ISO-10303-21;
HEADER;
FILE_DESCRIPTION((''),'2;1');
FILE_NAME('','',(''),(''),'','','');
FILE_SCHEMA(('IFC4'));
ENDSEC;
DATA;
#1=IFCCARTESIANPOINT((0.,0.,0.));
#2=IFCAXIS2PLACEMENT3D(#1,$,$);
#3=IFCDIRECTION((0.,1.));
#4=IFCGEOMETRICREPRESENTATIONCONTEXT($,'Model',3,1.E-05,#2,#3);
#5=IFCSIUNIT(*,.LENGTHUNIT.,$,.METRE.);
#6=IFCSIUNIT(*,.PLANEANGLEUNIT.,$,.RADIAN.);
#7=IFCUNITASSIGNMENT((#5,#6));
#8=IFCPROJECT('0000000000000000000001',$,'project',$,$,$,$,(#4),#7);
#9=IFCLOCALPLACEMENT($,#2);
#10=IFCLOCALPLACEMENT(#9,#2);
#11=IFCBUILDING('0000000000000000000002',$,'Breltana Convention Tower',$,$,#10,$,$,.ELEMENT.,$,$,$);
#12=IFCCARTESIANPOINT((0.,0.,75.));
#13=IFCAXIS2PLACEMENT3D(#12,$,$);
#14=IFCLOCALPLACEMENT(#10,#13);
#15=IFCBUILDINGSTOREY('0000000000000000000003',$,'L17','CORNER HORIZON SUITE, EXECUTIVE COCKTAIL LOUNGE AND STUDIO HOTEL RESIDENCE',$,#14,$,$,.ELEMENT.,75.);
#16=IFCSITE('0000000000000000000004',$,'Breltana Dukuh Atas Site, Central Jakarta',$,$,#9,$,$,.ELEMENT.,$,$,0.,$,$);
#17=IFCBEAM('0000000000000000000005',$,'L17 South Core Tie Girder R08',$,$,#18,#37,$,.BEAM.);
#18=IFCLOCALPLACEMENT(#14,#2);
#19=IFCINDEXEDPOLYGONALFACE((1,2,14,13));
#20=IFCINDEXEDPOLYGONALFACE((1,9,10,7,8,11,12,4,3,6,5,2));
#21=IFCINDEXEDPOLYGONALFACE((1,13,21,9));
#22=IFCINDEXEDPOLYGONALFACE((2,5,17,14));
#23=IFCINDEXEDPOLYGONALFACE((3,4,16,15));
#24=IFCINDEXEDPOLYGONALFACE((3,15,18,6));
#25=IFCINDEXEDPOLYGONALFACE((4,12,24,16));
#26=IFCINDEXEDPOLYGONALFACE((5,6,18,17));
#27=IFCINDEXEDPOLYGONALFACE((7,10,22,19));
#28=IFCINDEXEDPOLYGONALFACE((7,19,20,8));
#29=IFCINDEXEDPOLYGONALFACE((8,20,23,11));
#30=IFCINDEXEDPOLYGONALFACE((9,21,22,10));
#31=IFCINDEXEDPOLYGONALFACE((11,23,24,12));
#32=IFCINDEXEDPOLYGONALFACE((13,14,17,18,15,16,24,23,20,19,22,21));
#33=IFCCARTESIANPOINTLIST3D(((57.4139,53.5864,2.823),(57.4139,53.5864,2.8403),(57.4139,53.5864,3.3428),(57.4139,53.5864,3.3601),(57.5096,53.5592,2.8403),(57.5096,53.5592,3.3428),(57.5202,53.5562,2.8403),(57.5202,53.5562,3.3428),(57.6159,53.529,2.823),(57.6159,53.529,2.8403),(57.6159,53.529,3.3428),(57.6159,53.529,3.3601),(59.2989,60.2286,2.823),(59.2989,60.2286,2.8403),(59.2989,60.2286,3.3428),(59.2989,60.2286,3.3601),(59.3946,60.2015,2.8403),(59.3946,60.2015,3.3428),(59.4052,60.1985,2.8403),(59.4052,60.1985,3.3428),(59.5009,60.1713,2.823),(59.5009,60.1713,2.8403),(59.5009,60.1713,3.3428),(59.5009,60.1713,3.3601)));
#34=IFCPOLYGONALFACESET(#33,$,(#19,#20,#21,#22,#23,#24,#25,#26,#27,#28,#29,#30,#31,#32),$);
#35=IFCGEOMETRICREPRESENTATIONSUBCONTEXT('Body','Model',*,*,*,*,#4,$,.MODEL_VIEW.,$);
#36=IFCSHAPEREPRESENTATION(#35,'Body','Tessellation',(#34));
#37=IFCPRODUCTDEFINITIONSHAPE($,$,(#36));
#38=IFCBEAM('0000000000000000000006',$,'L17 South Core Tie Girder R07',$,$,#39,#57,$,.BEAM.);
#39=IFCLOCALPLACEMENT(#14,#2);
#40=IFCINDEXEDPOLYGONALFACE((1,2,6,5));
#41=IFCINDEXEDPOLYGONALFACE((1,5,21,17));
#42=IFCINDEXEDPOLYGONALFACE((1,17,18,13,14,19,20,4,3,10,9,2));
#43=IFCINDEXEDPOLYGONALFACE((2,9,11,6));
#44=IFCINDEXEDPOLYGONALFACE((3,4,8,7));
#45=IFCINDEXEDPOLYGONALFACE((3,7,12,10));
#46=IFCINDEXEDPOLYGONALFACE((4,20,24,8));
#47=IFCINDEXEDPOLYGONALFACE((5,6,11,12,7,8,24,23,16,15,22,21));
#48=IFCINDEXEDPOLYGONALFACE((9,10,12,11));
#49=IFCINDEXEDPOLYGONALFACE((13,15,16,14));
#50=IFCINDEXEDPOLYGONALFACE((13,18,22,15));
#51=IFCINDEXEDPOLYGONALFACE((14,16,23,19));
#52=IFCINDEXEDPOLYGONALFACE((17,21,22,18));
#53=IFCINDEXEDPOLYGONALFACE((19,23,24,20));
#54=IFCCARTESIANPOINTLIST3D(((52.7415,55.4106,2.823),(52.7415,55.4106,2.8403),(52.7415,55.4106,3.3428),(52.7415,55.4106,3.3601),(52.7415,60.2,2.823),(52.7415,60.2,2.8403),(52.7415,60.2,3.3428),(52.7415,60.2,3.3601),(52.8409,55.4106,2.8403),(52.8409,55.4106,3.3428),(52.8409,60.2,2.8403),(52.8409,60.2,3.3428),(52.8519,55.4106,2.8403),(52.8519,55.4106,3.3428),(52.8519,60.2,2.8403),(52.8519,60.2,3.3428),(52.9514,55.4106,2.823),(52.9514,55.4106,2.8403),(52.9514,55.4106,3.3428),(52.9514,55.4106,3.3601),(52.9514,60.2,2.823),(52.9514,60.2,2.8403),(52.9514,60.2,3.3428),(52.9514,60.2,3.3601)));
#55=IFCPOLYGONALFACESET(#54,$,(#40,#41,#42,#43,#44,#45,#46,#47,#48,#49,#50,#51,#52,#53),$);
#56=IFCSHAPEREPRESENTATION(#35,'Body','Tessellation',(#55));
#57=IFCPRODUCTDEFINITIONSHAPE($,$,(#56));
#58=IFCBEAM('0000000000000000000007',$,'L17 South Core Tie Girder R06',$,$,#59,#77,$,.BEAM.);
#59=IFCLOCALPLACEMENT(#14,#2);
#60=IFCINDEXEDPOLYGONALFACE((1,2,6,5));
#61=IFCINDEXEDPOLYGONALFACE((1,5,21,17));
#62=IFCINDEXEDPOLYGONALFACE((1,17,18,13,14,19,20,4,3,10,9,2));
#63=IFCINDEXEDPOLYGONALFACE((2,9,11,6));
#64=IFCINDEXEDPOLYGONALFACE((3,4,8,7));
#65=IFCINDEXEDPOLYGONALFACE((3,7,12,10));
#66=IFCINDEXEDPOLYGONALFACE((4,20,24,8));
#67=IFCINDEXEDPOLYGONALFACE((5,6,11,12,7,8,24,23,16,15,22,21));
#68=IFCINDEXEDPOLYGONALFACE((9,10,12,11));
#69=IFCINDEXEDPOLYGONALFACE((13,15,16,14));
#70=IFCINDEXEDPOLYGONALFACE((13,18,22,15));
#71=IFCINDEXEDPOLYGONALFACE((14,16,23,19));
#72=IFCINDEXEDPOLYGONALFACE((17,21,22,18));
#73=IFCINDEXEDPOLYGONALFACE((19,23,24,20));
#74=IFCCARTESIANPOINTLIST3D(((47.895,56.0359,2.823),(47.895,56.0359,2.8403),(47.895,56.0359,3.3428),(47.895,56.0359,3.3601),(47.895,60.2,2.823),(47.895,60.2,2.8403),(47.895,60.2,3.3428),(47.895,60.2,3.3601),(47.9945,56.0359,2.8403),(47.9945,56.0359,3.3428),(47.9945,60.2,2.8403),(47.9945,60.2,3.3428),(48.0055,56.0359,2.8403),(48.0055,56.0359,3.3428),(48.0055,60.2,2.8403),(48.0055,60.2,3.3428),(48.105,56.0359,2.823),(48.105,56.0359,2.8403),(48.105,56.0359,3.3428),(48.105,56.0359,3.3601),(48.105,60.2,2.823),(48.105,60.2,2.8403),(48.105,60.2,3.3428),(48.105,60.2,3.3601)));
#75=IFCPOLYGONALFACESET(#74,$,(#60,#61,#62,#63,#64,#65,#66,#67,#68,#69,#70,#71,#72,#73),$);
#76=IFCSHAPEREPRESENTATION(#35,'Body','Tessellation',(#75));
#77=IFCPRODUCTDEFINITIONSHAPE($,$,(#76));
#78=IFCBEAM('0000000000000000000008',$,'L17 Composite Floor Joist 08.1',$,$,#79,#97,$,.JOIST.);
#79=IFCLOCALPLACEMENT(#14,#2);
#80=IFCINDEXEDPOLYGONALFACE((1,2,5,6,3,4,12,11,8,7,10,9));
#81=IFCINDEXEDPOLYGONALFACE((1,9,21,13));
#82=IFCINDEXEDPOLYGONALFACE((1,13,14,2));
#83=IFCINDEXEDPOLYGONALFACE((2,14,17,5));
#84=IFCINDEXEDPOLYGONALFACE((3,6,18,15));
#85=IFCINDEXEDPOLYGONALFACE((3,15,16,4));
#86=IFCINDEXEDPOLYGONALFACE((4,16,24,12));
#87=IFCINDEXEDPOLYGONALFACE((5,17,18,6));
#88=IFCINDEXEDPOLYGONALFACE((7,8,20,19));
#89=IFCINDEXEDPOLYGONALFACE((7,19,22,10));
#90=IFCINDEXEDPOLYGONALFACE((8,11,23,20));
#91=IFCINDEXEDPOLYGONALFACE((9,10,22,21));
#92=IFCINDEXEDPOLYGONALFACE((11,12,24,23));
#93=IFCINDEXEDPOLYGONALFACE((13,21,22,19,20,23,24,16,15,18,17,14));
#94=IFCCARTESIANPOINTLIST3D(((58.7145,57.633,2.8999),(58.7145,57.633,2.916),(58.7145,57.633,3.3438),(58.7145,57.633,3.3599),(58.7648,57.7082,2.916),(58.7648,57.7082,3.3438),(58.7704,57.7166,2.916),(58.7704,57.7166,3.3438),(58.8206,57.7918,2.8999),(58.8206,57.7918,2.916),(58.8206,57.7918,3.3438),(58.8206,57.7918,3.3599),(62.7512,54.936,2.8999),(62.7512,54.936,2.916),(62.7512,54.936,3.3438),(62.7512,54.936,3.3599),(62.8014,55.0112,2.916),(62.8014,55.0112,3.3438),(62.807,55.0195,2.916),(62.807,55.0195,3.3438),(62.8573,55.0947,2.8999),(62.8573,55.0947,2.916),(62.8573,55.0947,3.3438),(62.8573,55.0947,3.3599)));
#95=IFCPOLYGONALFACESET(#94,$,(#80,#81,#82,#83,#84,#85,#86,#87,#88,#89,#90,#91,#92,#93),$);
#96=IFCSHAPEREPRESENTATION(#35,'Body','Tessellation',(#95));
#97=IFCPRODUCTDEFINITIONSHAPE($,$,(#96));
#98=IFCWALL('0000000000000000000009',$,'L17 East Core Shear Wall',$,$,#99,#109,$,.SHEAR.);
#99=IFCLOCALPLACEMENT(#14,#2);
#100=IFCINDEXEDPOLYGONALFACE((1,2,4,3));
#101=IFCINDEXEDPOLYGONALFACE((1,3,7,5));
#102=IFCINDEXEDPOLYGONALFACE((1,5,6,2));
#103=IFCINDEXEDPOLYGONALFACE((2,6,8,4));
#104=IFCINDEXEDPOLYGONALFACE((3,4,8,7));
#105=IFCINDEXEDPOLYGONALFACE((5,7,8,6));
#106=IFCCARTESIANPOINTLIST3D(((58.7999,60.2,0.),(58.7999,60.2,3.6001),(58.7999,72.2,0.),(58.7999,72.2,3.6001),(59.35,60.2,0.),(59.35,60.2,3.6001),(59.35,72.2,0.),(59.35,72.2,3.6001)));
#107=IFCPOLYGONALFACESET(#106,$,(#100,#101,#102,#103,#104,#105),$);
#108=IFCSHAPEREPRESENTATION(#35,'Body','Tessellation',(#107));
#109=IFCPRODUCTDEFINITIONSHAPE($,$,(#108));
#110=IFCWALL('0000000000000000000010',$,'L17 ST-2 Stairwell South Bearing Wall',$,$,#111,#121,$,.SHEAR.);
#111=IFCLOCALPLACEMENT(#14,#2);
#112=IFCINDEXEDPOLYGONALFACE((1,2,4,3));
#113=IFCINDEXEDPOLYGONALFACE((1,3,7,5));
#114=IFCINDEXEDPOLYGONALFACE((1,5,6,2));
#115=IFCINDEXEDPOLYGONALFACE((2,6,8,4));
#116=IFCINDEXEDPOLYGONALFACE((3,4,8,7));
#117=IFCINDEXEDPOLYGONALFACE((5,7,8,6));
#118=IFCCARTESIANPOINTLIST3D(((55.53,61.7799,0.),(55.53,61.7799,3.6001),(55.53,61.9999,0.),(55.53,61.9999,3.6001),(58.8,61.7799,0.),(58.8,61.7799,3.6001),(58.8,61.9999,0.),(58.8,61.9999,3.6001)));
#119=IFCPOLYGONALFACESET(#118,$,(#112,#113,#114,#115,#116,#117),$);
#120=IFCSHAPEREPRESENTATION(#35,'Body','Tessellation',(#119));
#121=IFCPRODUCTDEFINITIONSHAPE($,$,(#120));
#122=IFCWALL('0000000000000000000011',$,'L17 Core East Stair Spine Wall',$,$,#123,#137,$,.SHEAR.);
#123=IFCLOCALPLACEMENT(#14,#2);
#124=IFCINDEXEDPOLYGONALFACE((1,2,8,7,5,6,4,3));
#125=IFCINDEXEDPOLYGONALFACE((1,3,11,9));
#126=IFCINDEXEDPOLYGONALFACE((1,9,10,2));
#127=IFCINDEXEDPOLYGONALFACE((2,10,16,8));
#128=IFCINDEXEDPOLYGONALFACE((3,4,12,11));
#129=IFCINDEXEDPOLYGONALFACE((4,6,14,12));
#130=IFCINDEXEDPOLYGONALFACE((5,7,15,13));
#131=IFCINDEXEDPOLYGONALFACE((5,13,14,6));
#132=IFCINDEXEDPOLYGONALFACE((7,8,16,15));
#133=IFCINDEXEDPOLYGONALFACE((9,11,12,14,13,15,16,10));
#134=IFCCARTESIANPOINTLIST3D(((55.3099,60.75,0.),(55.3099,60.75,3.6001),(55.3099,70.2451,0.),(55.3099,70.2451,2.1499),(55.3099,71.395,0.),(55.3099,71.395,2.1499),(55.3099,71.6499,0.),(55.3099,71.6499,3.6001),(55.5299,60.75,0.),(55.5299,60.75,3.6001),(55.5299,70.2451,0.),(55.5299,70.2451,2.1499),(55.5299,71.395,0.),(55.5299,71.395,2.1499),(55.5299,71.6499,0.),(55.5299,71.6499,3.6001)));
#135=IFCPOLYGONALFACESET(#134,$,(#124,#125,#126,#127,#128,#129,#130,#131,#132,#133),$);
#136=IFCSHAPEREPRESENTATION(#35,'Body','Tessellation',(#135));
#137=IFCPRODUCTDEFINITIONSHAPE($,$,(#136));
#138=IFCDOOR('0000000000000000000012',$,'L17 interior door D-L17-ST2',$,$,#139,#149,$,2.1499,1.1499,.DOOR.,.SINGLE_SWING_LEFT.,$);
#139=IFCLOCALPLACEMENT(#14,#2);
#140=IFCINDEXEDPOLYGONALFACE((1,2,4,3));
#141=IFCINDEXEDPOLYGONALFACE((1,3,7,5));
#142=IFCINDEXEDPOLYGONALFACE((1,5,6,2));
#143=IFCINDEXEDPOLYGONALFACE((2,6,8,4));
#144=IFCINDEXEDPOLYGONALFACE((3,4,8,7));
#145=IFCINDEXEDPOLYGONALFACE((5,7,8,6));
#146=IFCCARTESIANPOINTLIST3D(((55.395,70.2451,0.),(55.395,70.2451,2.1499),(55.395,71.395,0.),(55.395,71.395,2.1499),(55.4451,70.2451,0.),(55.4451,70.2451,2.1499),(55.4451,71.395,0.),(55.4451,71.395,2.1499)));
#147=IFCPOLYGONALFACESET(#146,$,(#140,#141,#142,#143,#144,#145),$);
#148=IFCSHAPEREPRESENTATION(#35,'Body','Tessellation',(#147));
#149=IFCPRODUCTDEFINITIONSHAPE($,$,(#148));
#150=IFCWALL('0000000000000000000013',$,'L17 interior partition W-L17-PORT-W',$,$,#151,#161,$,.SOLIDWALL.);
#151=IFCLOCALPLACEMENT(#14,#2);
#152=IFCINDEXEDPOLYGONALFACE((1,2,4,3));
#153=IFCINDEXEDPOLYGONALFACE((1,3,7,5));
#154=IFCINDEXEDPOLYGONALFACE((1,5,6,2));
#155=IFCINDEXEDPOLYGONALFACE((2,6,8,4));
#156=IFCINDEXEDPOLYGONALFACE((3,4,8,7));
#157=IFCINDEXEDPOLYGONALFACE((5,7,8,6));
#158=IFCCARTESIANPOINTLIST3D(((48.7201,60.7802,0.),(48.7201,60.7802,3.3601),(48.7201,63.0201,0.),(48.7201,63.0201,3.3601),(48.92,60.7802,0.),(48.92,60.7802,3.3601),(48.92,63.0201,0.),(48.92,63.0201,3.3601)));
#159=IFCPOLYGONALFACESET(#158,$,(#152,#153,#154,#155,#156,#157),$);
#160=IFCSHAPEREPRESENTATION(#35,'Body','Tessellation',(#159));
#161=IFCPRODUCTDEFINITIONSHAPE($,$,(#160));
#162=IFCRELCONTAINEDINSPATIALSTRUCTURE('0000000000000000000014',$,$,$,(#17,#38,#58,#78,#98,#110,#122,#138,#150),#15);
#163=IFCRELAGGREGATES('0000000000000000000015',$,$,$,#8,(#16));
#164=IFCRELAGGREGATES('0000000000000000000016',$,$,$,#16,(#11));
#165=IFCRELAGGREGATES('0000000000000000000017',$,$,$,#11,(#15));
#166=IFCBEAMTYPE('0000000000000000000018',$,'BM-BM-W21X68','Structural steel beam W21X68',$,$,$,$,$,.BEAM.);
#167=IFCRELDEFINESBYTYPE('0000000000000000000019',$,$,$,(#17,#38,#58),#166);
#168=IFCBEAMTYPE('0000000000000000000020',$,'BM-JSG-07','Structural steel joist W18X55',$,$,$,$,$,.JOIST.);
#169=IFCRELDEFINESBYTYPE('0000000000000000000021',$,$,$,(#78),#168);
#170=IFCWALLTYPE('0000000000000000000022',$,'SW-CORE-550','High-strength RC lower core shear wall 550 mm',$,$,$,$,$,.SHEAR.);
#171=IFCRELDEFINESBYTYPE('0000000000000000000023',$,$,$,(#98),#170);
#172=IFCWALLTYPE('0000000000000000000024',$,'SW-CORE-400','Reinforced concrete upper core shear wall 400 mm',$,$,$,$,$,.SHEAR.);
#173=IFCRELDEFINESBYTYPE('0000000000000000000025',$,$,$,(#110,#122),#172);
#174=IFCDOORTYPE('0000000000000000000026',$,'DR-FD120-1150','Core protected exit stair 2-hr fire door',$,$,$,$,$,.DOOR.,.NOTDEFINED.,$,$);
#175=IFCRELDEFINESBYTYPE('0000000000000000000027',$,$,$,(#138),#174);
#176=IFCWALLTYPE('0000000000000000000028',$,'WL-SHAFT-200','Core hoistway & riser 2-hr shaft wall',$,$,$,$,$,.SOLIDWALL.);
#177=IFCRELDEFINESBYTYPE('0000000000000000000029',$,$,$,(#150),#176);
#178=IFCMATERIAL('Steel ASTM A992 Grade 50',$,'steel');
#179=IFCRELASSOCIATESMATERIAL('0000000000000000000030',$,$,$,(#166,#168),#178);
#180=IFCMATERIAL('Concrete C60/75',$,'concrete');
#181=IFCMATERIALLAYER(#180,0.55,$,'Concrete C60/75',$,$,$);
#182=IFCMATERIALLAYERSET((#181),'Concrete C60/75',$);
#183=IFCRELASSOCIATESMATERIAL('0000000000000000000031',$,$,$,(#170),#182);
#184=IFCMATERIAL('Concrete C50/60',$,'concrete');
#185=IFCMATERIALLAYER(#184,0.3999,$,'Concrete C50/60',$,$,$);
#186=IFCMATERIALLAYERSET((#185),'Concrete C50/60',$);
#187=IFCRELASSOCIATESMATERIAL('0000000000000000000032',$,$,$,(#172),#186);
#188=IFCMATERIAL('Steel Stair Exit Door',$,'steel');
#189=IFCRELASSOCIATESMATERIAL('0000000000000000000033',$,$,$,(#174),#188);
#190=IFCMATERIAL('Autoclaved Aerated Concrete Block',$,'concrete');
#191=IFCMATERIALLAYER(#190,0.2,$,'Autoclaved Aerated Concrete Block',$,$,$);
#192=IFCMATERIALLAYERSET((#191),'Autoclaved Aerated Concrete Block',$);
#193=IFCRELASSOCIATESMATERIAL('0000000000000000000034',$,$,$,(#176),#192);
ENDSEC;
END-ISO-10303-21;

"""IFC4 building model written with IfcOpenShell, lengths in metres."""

from ifc_helpers import new_model, si_unit, direction, frame, frame_2d, origin, origin_2d, place, context, subcontext, project, spatial, rectangle, i_section, extrude, source, transform, mapped, material, layer, layer_set, material_profile, profile_set, type_object, type_shapes, element, fill, save


model = new_model("IFC4")

# Units and contexts
model_context = context("Model", 3, precision=1e-05, world=origin(), true_north=direction((0.0, 1.0)))
body_context = subcontext(model_context, "Body", "Model", "MODEL_VIEW")
ifc_project = project(units=[si_unit("LENGTHUNIT", "METRE"), si_unit("PLANEANGLEUNIT", "RADIAN")], contexts=[model_context])

# Site, building, storey
site_placement = place(None, origin())
site = spatial("IfcSite", under=ifc_project, at=site_placement, Name="Breltana Dukuh Atas Site, Central Jakarta", CompositionType="ELEMENT", RefElevation=0.0)
building_placement = place(site_placement, origin())
building = spatial("IfcBuilding", under=site, at=building_placement, Name="Breltana Convention Tower", CompositionType="ELEMENT")
storey_placement = place(building_placement, frame((0.0, 0.0, 75.0)))
storey = spatial("IfcBuildingStorey", under=building, at=storey_placement, Name="L17", Description="CORNER HORIZON SUITE, EXECUTIVE COCKTAIL LOUNGE AND STUDIO HOTEL RESIDENCE", CompositionType="ELEMENT", Elevation=75.0)

# Beams
ifc_material_1 = material(Name="Steel ASTM A992 Grade 50", Category="steel")
ifc_material_profile_1 = material_profile(ifc_material_1, i_section(OverallWidth=0.21, OverallDepth=0.5371, WebThickness=0.011, FlangeThickness=0.0173, at=origin_2d()), Name="W21X68")
ifc_profile_set_1 = profile_set([ifc_material_profile_1], Name="Steel ASTM A992 Grade 50")
beam_type_1 = type_object("IfcBeamType", Name="BM-BM-W21X68", Description="Structural steel beam W21X68", PredefinedType="BEAM", material=ifc_profile_set_1)
shared_shape_1 = source(origin(), body_context, "Body", "SweptSolid", [
    extrude(i_section(OverallWidth=0.21, OverallDepth=0.5371, WebThickness=0.011, FlangeThickness=0.0173, at=origin_2d()), origin(), (0.0, 0.0, 1.0), 6.9045),
])
type_shapes(beam_type_1, [shared_shape_1])
beam_1_placement = place(storey_placement, frame((59.3999, 60.2, 3.0916), z_axis=(-0.273007, -0.962012, 0.0), x_axis=(0.962012, -0.273007, 0.0)))
element("IfcBeam", 1, at=beam_1_placement, inside=storey, type_object=beam_type_1, Name="L17 South Core Tie Girder R08", PredefinedType="BEAM", context=body_context, shape_type="MappedRepresentation", body=[
    mapped(shared_shape_1, transform((0.0, 0.0, 0.0), scale=1.0)),
])
shared_shape_2 = source(origin(), body_context, "Body", "SweptSolid", [
    extrude(i_section(OverallWidth=0.21, OverallDepth=0.5371, WebThickness=0.011, FlangeThickness=0.0173, at=origin_2d()), origin(), (0.0, 0.0, 1.0), 4.7893),
])
beam_2_placement = place(storey_placement, frame((52.8464, 60.2, 3.0916), z_axis=(0.0, -1.0, 0.0), x_axis=(1.0, 0.0, 0.0)))
element("IfcBeam", 2, at=beam_2_placement, inside=storey, type_object=beam_type_1, Name="L17 South Core Tie Girder R07", PredefinedType="BEAM", context=body_context, shape_type="MappedRepresentation", body=[
    mapped(shared_shape_2, transform((0.0, 0.0, 0.0), scale=1.0)),
])
shared_shape_3 = source(origin(), body_context, "Body", "SweptSolid", [
    extrude(i_section(OverallWidth=0.21, OverallDepth=0.5371, WebThickness=0.011, FlangeThickness=0.0173, at=origin_2d()), origin(), (0.0, 0.0, 1.0), 4.1641),
])
beam_3_placement = place(storey_placement, frame((48.0, 60.2, 3.0916), z_axis=(0.0, -1.0, 0.0), x_axis=(1.0, 0.0, 0.0)))
element("IfcBeam", 3, at=beam_3_placement, inside=storey, type_object=beam_type_1, Name="L17 South Core Tie Girder R06", PredefinedType="BEAM", context=body_context, shape_type="MappedRepresentation", body=[
    mapped(shared_shape_3, transform((0.0, 0.0, 0.0), scale=1.0)),
])
ifc_material_profile_2 = material_profile(ifc_material_1, i_section(OverallWidth=0.1909, OverallDepth=0.46, WebThickness=0.01, FlangeThickness=0.0161, at=origin_2d()), Name="W18X55")
ifc_profile_set_2 = profile_set([ifc_material_profile_2], Name="Steel ASTM A992 Grade 50")
beam_type_2 = type_object("IfcBeamType", Name="BM-JSG-07", Description="Structural steel joist W18X55", PredefinedType="JOIST", material=ifc_profile_set_2)
shared_shape_4 = source(origin(), body_context, "Body", "SweptSolid", [
    extrude(i_section(OverallWidth=0.1909, OverallDepth=0.46, WebThickness=0.01, FlangeThickness=0.0161, at=origin_2d()), origin(), (0.0, 0.0, 1.0), 4.8547),
])
beam_4_placement = place(storey_placement, frame((58.7676, 57.7124, 3.1299), z_axis=(0.831485, -0.555547, 0.0), x_axis=(0.555547, 0.831485, 0.0)))
element("IfcBeam", 4, at=beam_4_placement, inside=storey, type_object=beam_type_2, Name="L17 Composite Floor Joist 08.1", PredefinedType="JOIST", context=body_context, shape_type="MappedRepresentation", body=[
    mapped(shared_shape_4, transform((0.0, 0.0, 0.0), scale=1.0)),
])

# Walls
ifc_material_2 = material(Name="Concrete C60/75", Category="concrete")
ifc_layer_1 = layer(ifc_material_2, 0.55, Name="Concrete C60/75")
ifc_layer_set_1 = layer_set([ifc_layer_1], Name="Concrete C60/75")
wall_type_1 = type_object("IfcWallType", Name="SW-CORE-550", Description="High-strength RC lower core shear wall 550 mm", PredefinedType="SHEAR", material=ifc_layer_set_1)
shared_shape_5 = source(origin(), body_context, "Body", "SweptSolid", [
    extrude(rectangle(XDim=12.0, YDim=0.55, at=frame_2d((6.0, 0.0))), origin(), (0.0, 0.0, 1.0), 3.6001),
])
wall_1_placement = place(storey_placement, frame((59.075, 60.2, 0.0), z_axis=(0.0, 0.0, 1.0), x_axis=(0.0, 1.0, 0.0)))
element("IfcWall", 5, at=wall_1_placement, inside=storey, type_object=wall_type_1, Name="L17 East Core Shear Wall", PredefinedType="SHEAR", context=body_context, shape_type="MappedRepresentation", body=[
    mapped(shared_shape_5, transform((0.0, 0.0, 0.0), scale=1.0)),
])
ifc_material_3 = material(Name="Concrete C50/60", Category="concrete")
ifc_layer_2 = layer(ifc_material_3, 0.3999, Name="Concrete C50/60")
ifc_layer_set_2 = layer_set([ifc_layer_2], Name="Concrete C50/60")
wall_type_2 = type_object("IfcWallType", Name="SW-CORE-400", Description="Reinforced concrete upper core shear wall 400 mm", PredefinedType="SHEAR", material=ifc_layer_set_2)
shared_shape_6 = source(origin(), body_context, "Body", "SweptSolid", [
    extrude(rectangle(XDim=3.27, YDim=0.22, at=frame_2d((1.635, 0.0))), origin(), (0.0, 0.0, 1.0), 3.6001),
])
wall_2_placement = place(storey_placement, frame((55.53, 61.8899, 0.0), z_axis=(0.0, 0.0, 1.0), x_axis=(1.0, 0.0, 0.0)))
element("IfcWall", 6, at=wall_2_placement, inside=storey, type_object=wall_type_2, Name="L17 ST-2 Stairwell South Bearing Wall", PredefinedType="SHEAR", context=body_context, shape_type="MappedRepresentation", body=[
    mapped(shared_shape_6, transform((0.0, 0.0, 0.0), scale=1.0)),
])

# Wall, opening, door
shared_shape_7 = source(origin(), body_context, "Body", "SweptSolid", [
    extrude(rectangle(XDim=10.8999, YDim=0.22, at=frame_2d((5.45, 0.0))), origin(), (0.0, 0.0, 1.0), 3.6001),
])
wall_3_placement = place(storey_placement, frame((55.4199, 60.75, 0.0), z_axis=(0.0, 0.0, 1.0), x_axis=(0.0, 1.0, 0.0)))
wall_3 = element("IfcWall", 7, at=wall_3_placement, inside=storey, type_object=wall_type_2, Name="L17 Core East Stair Spine Wall", PredefinedType="SHEAR", context=body_context, shape_type="MappedRepresentation", body=[
    mapped(shared_shape_7, transform((0.0, 0.0, 0.0), scale=1.0)),
])
opening_1_placement = place(wall_3_placement, frame((9.4951, 0.0, 0.0)))
opening_1 = element("IfcOpeningElement", 8, at=opening_1_placement, cuts=wall_3, PredefinedType="OPENING", context=body_context, shape_type="SweptSolid", body=[
    extrude(rectangle(XDim=1.1499, YDim=2.1499, at=frame_2d((0.575, 1.075))), frame((0.0, 0.1201, 0.0), z_axis=(0.0, -1.0, 0.0), x_axis=(1.0, 0.0, 0.0)), (0.0, 0.0, 1.0), 0.24),
])
ifc_material_4 = material(Name="Steel Stair Exit Door", Category="steel")
door_type_1 = type_object("IfcDoorType", Name="DR-FD120-1150", Description="Core protected exit stair 2-hr fire door", OperationType="NOTDEFINED", PredefinedType="DOOR", material=ifc_material_4)
shared_shape_8 = source(origin(), body_context, "Body", "SweptSolid", [
    extrude(rectangle(XDim=1.1499, YDim=2.1499, at=frame_2d((0.575, 1.075))), frame((0.0, 0.0249, 0.0), z_axis=(0.0, -1.0, 0.0), x_axis=(1.0, 0.0, 0.0)), (0.0, 0.0, 1.0), 0.05),
])
type_shapes(door_type_1, [shared_shape_8])
door_1_placement = place(opening_1_placement, origin())
door_1 = element("IfcDoor", 9, at=door_1_placement, inside=storey, type_object=door_type_1, Name="L17 interior door D-L17-ST2", OperationType="SINGLE_SWING_LEFT", OverallHeight=2.1499, OverallWidth=1.1499, PredefinedType="DOOR", context=body_context, shape_type="MappedRepresentation", body=[
    mapped(shared_shape_8, transform((0.0, 0.0, 0.0), scale=1.0)),
])
fill(opening_1, door_1)

# Wall
ifc_material_5 = material(Name="Autoclaved Aerated Concrete Block", Category="concrete")
ifc_layer_3 = layer(ifc_material_5, 0.2, Name="Autoclaved Aerated Concrete Block")
ifc_layer_set_3 = layer_set([ifc_layer_3], Name="Autoclaved Aerated Concrete Block")
wall_type_3 = type_object("IfcWallType", Name="WL-SHAFT-200", Description="Core hoistway & riser 2-hr shaft wall", PredefinedType="SOLIDWALL", material=ifc_layer_set_3)
shared_shape_9 = source(origin(), body_context, "Body", "SweptSolid", [
    extrude(rectangle(XDim=2.24, YDim=0.2, at=frame_2d((1.1201, 0.0))), origin(), (0.0, 0.0, 1.0), 3.3601),
])
for number, where, z_axis, x_axis, name in (
    (10, (48.8201, 60.78, 0.0), (0.0, 0.0, 1.0), (0.0, 1.0, 0.0), "L17 interior partition W-L17-PORT-W"),
):
    element("IfcWall", number, at=place(storey_placement, frame(where, z_axis=z_axis, x_axis=x_axis)), inside=storey, type_object=wall_type_3, Name=name, PredefinedType="SOLIDWALL", context=body_context, shape_type="MappedRepresentation", body=[
        mapped(shared_shape_9, transform((0.0, 0.0, 0.0), scale=1.0)),
    ])

save(model, "model.ifc")
